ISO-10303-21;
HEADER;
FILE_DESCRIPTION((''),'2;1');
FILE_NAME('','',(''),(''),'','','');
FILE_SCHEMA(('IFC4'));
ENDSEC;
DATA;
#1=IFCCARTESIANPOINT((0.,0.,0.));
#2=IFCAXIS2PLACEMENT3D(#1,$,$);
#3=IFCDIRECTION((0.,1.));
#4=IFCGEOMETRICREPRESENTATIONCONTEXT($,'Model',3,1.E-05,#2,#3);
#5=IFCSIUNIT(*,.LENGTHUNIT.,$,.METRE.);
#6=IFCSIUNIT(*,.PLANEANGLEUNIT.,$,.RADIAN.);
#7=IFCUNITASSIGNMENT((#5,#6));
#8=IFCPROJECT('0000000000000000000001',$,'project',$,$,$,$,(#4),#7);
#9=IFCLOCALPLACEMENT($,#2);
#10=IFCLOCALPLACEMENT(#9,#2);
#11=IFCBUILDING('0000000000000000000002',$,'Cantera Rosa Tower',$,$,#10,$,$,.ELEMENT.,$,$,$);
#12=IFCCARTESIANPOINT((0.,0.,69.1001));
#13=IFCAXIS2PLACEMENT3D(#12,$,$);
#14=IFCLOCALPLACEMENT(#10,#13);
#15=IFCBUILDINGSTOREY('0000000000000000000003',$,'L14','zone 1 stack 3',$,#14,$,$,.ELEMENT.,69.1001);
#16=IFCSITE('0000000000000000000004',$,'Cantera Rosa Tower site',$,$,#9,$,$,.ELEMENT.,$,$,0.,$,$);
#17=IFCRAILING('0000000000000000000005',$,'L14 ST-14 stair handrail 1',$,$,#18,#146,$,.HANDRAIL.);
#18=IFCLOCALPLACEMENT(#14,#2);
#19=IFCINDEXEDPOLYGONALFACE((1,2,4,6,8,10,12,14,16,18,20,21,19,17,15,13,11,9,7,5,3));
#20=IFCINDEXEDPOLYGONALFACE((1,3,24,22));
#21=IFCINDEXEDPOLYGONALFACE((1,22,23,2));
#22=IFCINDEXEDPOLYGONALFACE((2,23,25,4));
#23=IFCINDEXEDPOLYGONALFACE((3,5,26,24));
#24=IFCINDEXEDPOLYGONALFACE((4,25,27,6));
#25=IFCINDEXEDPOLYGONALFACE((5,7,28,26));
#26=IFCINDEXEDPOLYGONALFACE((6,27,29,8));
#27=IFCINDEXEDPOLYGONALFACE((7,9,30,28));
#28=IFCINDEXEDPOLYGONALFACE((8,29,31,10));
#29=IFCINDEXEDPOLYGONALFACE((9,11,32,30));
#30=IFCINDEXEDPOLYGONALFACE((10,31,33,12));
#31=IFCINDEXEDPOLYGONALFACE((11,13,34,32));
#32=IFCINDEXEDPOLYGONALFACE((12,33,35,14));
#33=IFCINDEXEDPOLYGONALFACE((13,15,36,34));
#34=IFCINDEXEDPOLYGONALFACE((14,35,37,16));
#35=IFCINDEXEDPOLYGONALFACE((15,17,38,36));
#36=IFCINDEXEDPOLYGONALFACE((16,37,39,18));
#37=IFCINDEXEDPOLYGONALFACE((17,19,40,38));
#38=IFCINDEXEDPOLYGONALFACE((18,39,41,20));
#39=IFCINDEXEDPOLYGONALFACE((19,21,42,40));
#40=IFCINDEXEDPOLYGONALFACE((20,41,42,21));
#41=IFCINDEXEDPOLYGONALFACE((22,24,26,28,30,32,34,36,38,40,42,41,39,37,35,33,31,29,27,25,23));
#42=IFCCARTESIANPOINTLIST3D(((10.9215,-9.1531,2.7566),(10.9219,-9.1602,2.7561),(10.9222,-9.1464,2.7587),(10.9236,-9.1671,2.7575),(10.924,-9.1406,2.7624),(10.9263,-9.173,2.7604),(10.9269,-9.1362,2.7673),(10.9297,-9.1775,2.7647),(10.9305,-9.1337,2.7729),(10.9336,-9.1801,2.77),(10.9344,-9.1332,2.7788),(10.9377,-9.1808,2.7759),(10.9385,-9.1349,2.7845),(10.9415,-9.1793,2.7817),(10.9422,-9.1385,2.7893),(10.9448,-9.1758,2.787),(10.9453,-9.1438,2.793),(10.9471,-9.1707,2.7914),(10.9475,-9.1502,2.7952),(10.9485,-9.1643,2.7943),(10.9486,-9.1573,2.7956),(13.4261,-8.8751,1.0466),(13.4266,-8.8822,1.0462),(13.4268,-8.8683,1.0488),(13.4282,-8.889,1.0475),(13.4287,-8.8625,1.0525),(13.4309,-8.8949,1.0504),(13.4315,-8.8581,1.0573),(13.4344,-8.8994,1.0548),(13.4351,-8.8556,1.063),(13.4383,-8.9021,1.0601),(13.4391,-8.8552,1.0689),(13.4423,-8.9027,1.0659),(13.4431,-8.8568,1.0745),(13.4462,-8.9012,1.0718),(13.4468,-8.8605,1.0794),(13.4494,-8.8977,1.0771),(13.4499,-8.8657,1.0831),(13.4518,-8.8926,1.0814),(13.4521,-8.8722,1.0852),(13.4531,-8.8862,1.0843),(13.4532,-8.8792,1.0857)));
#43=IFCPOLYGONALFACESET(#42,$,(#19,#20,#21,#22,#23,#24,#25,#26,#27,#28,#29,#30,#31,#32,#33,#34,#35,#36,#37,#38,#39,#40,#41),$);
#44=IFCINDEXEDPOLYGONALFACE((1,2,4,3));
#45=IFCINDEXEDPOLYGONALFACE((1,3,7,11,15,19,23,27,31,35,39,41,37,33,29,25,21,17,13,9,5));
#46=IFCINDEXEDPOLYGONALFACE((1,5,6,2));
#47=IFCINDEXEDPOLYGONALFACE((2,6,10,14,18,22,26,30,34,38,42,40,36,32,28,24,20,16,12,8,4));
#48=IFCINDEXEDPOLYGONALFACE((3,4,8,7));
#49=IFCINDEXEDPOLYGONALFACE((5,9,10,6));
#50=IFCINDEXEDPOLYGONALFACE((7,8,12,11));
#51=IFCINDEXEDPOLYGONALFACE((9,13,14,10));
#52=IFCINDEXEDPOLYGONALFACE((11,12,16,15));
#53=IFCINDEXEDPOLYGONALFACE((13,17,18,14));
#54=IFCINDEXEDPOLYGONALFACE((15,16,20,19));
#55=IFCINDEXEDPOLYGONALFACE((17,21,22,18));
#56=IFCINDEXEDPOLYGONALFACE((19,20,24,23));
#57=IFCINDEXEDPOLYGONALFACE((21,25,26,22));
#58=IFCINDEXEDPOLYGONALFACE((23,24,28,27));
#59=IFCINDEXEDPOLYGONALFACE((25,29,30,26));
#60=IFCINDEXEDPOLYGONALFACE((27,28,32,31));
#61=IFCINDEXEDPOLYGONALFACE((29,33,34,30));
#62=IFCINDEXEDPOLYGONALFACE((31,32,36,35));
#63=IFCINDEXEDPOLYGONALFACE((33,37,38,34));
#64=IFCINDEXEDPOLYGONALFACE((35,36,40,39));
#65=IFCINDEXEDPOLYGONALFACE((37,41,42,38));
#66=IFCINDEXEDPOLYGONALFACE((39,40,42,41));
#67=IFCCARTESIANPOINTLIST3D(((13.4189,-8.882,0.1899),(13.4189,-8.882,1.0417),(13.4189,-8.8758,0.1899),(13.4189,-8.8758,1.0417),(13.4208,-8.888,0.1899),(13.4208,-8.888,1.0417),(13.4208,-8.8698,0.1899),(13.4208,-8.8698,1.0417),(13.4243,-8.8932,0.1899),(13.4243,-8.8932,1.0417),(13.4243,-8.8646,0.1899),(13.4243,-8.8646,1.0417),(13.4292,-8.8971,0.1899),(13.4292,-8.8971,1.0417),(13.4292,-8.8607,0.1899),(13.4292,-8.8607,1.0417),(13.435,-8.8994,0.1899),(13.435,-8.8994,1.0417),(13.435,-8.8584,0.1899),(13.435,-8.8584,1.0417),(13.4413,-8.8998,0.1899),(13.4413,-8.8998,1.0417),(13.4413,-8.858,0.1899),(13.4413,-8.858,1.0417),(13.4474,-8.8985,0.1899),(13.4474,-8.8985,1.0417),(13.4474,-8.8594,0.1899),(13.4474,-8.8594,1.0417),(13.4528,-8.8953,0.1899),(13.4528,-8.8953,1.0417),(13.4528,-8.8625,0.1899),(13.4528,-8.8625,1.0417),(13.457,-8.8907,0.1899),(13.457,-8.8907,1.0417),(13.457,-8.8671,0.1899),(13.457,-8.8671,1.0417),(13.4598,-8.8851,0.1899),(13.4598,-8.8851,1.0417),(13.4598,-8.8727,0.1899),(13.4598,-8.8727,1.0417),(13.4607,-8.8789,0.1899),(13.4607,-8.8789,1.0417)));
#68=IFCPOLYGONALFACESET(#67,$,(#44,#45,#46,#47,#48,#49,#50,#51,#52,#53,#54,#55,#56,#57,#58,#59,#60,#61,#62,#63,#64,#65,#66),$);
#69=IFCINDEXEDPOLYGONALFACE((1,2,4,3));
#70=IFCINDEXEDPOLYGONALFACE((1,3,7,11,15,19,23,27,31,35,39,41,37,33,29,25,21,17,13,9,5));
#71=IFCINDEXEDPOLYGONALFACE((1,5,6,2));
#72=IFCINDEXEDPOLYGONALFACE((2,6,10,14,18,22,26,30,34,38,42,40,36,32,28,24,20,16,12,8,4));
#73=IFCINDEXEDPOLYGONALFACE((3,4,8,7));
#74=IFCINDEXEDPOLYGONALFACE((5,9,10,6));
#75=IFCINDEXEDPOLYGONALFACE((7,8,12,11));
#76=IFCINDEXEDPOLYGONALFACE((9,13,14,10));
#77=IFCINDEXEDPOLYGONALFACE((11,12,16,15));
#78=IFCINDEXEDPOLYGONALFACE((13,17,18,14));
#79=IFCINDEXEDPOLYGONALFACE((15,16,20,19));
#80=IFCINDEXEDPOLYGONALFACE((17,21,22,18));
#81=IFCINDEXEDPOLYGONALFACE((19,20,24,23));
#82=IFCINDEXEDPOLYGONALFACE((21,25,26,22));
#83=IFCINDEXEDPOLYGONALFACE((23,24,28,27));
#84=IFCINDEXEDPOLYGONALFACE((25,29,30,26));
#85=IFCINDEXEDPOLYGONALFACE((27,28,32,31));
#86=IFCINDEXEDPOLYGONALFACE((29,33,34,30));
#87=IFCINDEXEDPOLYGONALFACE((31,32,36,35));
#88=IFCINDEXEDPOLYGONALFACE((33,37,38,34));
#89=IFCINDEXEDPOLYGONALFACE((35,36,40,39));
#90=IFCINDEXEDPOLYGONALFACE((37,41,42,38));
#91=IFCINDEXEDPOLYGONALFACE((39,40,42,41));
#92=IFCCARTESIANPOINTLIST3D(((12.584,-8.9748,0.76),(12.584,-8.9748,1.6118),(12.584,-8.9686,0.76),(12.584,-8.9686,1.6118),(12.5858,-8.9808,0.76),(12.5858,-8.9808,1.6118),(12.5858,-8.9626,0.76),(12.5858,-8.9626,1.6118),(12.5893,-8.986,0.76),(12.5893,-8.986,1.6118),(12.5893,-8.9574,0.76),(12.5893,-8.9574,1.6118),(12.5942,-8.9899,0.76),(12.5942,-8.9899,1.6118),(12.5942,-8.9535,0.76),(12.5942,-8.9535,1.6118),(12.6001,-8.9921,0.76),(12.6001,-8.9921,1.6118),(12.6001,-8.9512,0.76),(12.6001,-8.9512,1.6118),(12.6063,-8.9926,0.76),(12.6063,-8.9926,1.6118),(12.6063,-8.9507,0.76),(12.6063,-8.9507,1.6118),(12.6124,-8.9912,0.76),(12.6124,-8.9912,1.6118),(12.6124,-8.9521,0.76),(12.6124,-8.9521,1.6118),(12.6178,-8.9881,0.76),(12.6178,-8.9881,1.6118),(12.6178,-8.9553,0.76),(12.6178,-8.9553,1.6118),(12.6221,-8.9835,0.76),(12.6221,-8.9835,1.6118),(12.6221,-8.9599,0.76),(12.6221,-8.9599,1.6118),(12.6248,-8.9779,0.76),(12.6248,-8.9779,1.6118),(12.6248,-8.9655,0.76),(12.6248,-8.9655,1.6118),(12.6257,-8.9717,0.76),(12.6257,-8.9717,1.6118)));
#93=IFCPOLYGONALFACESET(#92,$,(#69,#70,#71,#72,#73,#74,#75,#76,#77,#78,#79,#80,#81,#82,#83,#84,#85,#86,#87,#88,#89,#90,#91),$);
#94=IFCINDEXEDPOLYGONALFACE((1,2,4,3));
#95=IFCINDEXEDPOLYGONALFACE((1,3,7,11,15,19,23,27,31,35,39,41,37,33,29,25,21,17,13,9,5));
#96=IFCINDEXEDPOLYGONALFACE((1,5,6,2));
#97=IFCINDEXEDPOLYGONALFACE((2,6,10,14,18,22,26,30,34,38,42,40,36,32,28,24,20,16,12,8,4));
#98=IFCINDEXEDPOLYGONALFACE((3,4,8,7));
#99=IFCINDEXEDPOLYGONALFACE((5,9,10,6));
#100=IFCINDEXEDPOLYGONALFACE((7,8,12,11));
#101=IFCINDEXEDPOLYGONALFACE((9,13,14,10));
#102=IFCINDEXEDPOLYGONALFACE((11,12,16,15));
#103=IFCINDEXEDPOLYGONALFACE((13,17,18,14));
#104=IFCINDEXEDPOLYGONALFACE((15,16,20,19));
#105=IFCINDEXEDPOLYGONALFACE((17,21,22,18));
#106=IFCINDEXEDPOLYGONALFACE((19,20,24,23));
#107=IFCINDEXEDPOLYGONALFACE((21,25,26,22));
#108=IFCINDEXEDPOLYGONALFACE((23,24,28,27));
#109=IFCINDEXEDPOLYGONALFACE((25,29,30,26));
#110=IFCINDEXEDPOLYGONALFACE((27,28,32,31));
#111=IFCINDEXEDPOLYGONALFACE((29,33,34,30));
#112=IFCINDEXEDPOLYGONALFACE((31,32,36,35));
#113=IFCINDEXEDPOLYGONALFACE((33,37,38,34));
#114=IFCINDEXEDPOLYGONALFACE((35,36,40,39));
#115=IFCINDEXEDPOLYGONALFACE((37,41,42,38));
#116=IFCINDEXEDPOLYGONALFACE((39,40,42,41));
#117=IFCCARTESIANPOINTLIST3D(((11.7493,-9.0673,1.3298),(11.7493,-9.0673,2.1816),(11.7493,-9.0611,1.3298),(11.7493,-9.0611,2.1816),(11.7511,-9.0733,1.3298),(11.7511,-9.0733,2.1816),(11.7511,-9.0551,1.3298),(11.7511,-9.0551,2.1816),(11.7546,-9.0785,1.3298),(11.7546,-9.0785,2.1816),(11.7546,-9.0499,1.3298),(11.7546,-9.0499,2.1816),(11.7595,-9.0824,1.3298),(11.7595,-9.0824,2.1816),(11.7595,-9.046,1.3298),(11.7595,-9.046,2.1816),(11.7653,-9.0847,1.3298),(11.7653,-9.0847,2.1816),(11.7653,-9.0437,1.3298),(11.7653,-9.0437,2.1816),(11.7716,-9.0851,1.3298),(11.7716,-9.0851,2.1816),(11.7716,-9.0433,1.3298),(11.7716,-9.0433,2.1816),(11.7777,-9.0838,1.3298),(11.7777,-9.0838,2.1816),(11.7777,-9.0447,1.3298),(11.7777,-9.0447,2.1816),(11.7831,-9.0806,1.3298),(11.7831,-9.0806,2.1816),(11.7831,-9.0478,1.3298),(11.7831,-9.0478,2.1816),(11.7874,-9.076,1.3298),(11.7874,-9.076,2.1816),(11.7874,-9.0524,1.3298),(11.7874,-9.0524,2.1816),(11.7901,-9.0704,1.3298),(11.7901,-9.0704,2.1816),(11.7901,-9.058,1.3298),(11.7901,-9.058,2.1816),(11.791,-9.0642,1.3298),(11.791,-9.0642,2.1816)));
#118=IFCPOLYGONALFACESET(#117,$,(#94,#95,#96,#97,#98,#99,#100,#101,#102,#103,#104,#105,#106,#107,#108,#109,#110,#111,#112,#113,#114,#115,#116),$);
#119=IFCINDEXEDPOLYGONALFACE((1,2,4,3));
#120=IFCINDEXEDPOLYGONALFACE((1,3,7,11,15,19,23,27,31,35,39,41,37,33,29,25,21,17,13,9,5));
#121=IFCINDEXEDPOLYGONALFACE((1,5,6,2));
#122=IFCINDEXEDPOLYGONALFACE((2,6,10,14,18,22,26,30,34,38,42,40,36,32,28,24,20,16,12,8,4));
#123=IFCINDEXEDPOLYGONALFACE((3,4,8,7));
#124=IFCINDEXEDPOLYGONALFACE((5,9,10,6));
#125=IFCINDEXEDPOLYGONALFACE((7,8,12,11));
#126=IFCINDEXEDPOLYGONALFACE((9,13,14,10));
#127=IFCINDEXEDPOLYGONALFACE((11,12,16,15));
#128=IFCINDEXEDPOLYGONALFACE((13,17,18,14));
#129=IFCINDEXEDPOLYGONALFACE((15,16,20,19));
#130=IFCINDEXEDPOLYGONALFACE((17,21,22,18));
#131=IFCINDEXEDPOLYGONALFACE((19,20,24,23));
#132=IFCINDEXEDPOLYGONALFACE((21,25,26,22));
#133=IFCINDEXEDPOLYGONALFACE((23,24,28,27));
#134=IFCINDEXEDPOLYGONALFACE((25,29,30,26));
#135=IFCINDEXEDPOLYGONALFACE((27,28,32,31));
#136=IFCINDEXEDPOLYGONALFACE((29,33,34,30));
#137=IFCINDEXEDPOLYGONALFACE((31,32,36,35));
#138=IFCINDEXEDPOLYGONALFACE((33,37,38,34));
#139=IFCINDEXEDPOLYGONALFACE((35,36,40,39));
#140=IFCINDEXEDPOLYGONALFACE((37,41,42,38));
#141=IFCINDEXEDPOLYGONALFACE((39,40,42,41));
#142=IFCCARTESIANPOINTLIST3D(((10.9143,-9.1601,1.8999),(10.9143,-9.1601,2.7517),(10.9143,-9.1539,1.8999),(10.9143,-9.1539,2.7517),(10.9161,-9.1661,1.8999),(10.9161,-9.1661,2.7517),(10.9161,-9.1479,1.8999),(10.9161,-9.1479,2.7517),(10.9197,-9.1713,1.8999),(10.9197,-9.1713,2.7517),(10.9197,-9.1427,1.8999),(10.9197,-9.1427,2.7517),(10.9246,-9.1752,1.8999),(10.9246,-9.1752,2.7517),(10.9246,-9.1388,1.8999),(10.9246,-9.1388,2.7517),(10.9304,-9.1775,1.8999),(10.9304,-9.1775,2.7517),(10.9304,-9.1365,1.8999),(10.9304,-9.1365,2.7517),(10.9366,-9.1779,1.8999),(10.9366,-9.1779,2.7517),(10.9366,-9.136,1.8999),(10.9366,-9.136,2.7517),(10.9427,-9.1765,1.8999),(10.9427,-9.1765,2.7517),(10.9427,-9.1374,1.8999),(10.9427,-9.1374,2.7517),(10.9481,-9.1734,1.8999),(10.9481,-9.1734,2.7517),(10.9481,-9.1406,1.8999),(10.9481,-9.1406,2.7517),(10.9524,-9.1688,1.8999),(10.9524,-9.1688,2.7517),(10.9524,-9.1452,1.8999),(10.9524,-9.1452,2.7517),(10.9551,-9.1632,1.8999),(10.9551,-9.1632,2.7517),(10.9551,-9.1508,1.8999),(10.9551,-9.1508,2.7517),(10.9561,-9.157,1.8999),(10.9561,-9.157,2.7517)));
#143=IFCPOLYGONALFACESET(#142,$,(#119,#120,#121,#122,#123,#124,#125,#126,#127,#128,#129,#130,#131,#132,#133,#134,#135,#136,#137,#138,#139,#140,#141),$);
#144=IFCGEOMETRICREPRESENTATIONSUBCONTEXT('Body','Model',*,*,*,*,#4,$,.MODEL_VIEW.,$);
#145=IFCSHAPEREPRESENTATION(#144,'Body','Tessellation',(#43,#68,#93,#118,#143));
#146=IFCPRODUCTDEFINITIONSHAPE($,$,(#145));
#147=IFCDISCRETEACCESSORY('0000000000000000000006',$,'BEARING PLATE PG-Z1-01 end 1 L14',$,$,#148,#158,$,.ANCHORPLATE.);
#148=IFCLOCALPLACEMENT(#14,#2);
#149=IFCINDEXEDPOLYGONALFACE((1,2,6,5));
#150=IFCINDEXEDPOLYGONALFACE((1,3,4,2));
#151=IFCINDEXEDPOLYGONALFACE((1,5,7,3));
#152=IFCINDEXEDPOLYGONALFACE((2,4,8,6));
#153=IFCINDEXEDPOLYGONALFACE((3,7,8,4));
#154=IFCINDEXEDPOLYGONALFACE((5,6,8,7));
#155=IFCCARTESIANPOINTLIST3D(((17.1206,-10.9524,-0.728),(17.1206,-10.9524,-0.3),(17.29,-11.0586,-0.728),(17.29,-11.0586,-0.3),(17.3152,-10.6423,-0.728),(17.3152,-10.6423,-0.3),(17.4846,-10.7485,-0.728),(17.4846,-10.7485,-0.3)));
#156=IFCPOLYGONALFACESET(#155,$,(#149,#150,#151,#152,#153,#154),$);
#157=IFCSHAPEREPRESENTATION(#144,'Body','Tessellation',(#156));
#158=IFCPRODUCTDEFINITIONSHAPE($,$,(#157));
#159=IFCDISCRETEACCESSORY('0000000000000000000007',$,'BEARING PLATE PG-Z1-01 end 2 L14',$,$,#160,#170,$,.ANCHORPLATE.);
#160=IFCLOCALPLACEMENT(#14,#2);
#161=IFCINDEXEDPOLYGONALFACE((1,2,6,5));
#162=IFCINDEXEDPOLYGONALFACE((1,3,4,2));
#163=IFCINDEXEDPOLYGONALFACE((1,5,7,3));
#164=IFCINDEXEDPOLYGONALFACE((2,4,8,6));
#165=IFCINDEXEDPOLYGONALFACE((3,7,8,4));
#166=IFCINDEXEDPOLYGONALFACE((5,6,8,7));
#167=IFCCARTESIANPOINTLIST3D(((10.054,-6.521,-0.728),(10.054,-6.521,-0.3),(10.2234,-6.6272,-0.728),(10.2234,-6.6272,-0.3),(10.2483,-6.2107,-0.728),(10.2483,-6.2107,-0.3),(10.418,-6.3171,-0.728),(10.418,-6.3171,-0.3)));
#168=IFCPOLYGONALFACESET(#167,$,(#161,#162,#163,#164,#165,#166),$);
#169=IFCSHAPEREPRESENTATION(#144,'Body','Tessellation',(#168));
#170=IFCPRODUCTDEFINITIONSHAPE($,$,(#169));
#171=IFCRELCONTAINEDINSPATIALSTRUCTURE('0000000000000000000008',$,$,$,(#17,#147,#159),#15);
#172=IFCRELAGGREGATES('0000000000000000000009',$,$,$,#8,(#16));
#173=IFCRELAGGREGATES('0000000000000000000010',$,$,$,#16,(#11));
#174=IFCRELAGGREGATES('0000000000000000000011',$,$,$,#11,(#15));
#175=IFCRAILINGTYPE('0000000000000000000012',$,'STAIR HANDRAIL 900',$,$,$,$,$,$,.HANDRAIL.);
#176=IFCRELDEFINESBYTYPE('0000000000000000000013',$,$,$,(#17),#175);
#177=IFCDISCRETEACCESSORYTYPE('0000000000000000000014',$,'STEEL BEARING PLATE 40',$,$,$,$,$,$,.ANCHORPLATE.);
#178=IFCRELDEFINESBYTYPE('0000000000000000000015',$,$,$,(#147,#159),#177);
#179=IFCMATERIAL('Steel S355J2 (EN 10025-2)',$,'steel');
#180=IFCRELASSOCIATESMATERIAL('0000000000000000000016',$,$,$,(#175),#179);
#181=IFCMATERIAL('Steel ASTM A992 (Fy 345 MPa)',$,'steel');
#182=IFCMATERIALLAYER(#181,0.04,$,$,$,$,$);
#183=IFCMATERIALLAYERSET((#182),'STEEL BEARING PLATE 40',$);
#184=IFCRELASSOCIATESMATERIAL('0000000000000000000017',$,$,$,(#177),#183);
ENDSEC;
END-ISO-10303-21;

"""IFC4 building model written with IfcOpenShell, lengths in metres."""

from ifc_helpers import new_model, si_unit, direction, frame, origin, origin_2d, place, context, subcontext, project, spatial, polyline, circle, outline, extrude, material, layer, layer_set, type_object, element, save


model = new_model("IFC4")

# Units and contexts
model_context = context("Model", 3, precision=1e-05, world=origin(), true_north=direction((0.0, 1.0)))
body_context = subcontext(model_context, "Body", "Model", "MODEL_VIEW")
ifc_project = project(units=[si_unit("LENGTHUNIT", "METRE"), si_unit("PLANEANGLEUNIT", "RADIAN")], contexts=[model_context])

# Site, building, storey
site_placement = place(None, origin())
site = spatial("IfcSite", under=ifc_project, at=site_placement, Name="Cantera Rosa Tower site", CompositionType="ELEMENT", RefElevation=0.0)
building_placement = place(site_placement, origin())
building = spatial("IfcBuilding", under=site, at=building_placement, Name="Cantera Rosa Tower", CompositionType="ELEMENT")
storey_placement = place(building_placement, frame((0.0, 0.0, 69.1001)))
storey = spatial("IfcBuildingStorey", under=building, at=storey_placement, Name="L14", Description="zone 1 stack 3", CompositionType="ELEMENT", Elevation=69.1001)

# Railing
ifc_material_1 = material(Name="Steel S355J2 (EN 10025-2)", Category="steel")
railing_type_1 = type_object("IfcRailingType", Name="STAIR HANDRAIL 900", PredefinedType="HANDRAIL", material=ifc_material_1)
railing_1_placement = place(storey_placement, frame((13.4397, -8.8789, 0.1899)))
element("IfcRailing", 1, at=railing_1_placement, inside=storey, type_object=railing_type_1, Name="L14 ST-14 stair handrail 1", PredefinedType="HANDRAIL", context=body_context, shape_type="SweptSolid", body=[
    extrude(circle(Radius=0.0239, at=origin_2d()), frame((0.0, 0.0, 0.876), z_axis=(-0.822431, -0.09131, 0.561488), x_axis=(0.110346, -0.993893, 0.0)), (0.0, 0.0, 1.0), 3.0454),
    extrude(circle(Radius=0.021, at=origin_2d()), origin(), (0.0, 0.0, 1.0), 0.8518),
    extrude(circle(Radius=0.021, at=origin_2d()), frame((-0.835, -0.0928, 0.5701)), (0.0, 0.0, 1.0), 0.8518),
    extrude(circle(Radius=0.021, at=origin_2d()), frame((-1.6697, -0.1853, 1.1399)), (0.0, 0.0, 1.0), 0.8518),
    extrude(circle(Radius=0.021, at=origin_2d()), frame((-2.5046, -0.2781, 1.71)), (0.0, 0.0, 1.0), 0.8518),
])

# Discrete accessories
ifc_material_2 = material(Name="Steel ASTM A992 (Fy 345 MPa)", Category="steel")
ifc_layer_1 = layer(ifc_material_2, 0.04)
ifc_layer_set_1 = layer_set([ifc_layer_1], Name="STEEL BEARING PLATE 40")
discrete_accessory_type = type_object("IfcDiscreteAccessoryType", Name="STEEL BEARING PLATE 40", PredefinedType="ANCHORPLATE", material=ifc_layer_set_1)
discrete_accessory_1_placement = place(storey_placement, frame((0.0, 0.0, -0.728)))
element("IfcDiscreteAccessory", 2, at=discrete_accessory_1_placement, inside=storey, type_object=discrete_accessory_type, Name="BEARING PLATE PG-Z1-01 end 1 L14", PredefinedType="ANCHORPLATE", context=body_context, shape_type="SweptSolid", body=[
    extrude(outline(polyline([(17.1206, -10.9524), (17.29, -11.0586), (17.4846, -10.7485), (17.3152, -10.6423), (17.1206, -10.9524)])), origin(), (0.0, 0.0, 1.0), 0.428),
])
discrete_accessory_2_placement = place(storey_placement, frame((0.0, 0.0, -0.728)))
element("IfcDiscreteAccessory", 3, at=discrete_accessory_2_placement, inside=storey, type_object=discrete_accessory_type, Name="BEARING PLATE PG-Z1-01 end 2 L14", PredefinedType="ANCHORPLATE", context=body_context, shape_type="SweptSolid", body=[
    extrude(outline(polyline([(10.418, -6.3171), (10.2483, -6.2107), (10.054, -6.521), (10.2234, -6.6272), (10.418, -6.3171)])), origin(), (0.0, 0.0, 1.0), 0.428),
])

save(model, "model.ifc")
